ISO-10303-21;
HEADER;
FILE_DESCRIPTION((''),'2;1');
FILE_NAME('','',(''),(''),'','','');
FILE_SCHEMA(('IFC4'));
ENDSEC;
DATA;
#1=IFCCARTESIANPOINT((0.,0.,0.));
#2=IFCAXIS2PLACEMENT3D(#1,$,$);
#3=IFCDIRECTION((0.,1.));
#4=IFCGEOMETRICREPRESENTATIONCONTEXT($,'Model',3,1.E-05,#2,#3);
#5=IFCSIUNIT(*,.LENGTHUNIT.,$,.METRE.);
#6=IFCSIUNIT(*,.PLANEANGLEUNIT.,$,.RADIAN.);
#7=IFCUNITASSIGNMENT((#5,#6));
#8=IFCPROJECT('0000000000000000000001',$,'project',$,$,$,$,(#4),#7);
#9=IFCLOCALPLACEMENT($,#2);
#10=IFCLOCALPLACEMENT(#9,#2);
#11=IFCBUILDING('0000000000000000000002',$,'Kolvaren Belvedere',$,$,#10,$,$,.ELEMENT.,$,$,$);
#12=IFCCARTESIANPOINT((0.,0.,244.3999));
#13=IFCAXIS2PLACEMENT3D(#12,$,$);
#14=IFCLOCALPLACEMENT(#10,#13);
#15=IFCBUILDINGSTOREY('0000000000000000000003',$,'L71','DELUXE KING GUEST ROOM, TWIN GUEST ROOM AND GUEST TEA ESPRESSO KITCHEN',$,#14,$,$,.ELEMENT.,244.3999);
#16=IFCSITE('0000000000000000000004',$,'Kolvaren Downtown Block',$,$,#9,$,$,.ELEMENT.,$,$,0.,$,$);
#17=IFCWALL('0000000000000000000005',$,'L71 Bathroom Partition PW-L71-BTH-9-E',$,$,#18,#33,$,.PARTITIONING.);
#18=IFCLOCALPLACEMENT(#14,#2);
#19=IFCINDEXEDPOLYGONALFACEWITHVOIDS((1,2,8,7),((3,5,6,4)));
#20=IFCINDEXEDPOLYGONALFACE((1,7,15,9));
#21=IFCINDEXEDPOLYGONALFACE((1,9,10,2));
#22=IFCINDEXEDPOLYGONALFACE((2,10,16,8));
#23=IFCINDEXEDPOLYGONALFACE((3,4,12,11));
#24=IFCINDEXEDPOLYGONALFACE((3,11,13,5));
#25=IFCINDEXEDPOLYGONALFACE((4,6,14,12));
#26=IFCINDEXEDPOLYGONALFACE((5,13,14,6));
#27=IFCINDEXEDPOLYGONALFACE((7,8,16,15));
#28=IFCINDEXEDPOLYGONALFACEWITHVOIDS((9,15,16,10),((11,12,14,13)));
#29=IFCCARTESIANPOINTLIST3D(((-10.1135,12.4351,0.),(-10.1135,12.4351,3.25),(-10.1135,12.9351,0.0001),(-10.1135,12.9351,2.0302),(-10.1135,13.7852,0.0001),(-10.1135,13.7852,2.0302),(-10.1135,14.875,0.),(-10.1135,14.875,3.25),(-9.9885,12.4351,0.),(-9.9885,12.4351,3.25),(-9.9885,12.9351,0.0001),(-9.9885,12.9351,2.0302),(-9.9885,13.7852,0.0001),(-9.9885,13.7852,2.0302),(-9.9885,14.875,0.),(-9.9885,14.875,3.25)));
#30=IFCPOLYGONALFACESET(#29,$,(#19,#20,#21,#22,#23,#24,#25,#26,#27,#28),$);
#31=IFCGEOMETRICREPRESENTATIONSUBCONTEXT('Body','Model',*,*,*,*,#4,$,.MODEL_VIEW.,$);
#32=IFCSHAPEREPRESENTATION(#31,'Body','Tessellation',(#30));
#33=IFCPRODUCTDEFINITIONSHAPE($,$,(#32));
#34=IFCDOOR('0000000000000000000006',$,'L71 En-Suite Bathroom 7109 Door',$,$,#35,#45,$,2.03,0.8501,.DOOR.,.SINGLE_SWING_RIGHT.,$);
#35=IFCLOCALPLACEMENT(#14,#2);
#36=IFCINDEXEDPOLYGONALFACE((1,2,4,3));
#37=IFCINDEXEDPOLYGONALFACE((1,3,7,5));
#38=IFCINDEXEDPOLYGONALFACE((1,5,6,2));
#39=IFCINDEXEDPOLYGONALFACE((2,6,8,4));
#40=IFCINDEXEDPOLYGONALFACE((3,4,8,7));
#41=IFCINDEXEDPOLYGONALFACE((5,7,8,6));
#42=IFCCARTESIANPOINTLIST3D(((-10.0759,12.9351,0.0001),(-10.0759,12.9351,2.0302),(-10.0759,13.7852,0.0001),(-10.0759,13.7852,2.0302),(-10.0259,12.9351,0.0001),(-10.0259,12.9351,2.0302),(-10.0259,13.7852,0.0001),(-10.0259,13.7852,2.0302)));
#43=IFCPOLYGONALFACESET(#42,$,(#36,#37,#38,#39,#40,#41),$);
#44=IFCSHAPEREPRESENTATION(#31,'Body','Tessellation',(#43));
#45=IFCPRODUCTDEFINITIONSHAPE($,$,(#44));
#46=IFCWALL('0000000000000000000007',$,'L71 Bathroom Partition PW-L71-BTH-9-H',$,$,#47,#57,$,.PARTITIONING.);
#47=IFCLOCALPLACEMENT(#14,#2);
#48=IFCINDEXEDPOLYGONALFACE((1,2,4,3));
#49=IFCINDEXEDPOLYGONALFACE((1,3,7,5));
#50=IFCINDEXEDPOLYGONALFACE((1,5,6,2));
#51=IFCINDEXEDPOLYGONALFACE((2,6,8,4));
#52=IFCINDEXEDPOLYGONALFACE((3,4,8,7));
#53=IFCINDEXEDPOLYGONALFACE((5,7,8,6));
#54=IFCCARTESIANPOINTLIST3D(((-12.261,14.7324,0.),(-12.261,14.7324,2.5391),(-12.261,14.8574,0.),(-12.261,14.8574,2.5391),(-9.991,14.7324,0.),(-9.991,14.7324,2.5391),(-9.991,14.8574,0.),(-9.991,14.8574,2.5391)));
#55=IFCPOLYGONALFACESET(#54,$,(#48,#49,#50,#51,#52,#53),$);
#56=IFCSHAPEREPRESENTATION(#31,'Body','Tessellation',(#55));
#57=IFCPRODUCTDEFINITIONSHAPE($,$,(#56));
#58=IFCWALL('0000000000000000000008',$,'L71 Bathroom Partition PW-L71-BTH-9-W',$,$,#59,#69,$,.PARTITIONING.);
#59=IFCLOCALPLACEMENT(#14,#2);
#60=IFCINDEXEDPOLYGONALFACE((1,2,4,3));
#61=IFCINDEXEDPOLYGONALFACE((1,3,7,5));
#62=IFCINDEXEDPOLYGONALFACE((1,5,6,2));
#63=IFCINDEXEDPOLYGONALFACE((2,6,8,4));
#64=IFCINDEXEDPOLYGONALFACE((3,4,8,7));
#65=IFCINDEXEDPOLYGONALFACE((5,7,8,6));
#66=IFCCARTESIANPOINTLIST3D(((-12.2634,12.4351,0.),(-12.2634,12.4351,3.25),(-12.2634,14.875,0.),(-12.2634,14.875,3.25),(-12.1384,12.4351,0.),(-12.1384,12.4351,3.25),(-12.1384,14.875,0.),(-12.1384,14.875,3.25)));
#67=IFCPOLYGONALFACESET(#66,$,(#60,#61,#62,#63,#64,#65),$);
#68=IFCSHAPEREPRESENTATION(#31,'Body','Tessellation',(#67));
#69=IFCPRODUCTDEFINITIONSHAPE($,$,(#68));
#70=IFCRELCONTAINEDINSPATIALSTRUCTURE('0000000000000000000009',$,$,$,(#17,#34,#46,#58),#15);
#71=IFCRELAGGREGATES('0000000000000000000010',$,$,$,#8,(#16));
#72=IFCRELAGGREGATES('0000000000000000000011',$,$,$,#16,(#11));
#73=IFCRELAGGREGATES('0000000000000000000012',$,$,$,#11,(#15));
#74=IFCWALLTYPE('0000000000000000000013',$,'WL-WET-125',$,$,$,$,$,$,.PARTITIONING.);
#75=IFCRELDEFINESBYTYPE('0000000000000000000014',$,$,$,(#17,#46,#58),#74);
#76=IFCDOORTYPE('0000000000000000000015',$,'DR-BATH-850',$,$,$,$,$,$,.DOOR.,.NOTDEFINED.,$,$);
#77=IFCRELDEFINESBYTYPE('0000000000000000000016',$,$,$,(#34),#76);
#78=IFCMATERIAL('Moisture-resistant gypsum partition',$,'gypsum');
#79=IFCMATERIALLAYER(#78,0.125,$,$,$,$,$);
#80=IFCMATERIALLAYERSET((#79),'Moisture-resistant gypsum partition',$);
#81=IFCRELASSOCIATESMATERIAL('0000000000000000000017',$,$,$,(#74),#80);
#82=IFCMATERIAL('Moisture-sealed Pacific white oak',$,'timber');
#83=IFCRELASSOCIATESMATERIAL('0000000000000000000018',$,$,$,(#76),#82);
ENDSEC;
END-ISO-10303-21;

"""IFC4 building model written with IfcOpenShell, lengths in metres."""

from ifc_helpers import new_model, si_unit, direction, frame, frame_2d, origin, place, context, subcontext, project, spatial, rectangle, extrude, material, layer, layer_set, type_object, element, fill, save


model = new_model("IFC4")

# Units and contexts
model_context = context("Model", 3, precision=1e-05, world=origin(), true_north=direction((0.0, 1.0)))
body_context = subcontext(model_context, "Body", "Model", "MODEL_VIEW")
ifc_project = project(units=[si_unit("LENGTHUNIT", "METRE"), si_unit("PLANEANGLEUNIT", "RADIAN")], contexts=[model_context])

# Site, building, storey
site_placement = place(None, origin())
site = spatial("IfcSite", under=ifc_project, at=site_placement, Name="Kolvaren Downtown Block", CompositionType="ELEMENT", RefElevation=0.0)
building_placement = place(site_placement, origin())
building = spatial("IfcBuilding", under=site, at=building_placement, Name="Kolvaren Belvedere", CompositionType="ELEMENT")
storey_placement = place(building_placement, frame((0.0, 0.0, 244.3999)))
storey = spatial("IfcBuildingStorey", under=building, at=storey_placement, Name="L71", Description="DELUXE KING GUEST ROOM, TWIN GUEST ROOM AND GUEST TEA ESPRESSO KITCHEN", CompositionType="ELEMENT", Elevation=244.3999)

# Wall, opening, door
ifc_material_1 = material(Name="Moisture-resistant gypsum partition", Category="gypsum")
ifc_layer_1 = layer(ifc_material_1, 0.125)
ifc_layer_set_1 = layer_set([ifc_layer_1], Name="Moisture-resistant gypsum partition")
wall_type_1 = type_object("IfcWallType", Name="WL-WET-125", PredefinedType="PARTITIONING", material=ifc_layer_set_1)
wall_1_placement = place(storey_placement, frame((-10.051, 12.4351, 0.0), z_axis=(0.0, 0.0, 1.0), x_axis=(0.0, 1.0, 0.0)))
wall_1 = element("IfcWall", 1, at=wall_1_placement, inside=storey, type_object=wall_type_1, Name="L71 Bathroom Partition PW-L71-BTH-9-E", PredefinedType="PARTITIONING", context=body_context, shape_type="SweptSolid", body=[
    extrude(rectangle(XDim=2.4399, YDim=0.125, at=frame_2d((1.22, 0.0))), origin(), (0.0, 0.0, 1.0), 3.25),
])
opening_1_placement = place(wall_1_placement, frame((0.5, 0.0, 0.0)))
opening_1 = element("IfcOpeningElement", 2, at=opening_1_placement, cuts=wall_1, PredefinedType="OPENING", context=body_context, shape_type="SweptSolid", body=[
    extrude(rectangle(XDim=0.8501, YDim=2.03, at=frame_2d((0.425, 1.0151))), frame((0.0, 0.0725, 0.0), z_axis=(0.0, -1.0, 0.0), x_axis=(1.0, 0.0, 0.0)), (0.0, 0.0, 1.0), 0.145),
])
ifc_material_2 = material(Name="Moisture-sealed Pacific white oak", Category="timber")
door_type_1 = type_object("IfcDoorType", Name="DR-BATH-850", OperationType="NOTDEFINED", PredefinedType="DOOR", material=ifc_material_2)
door_1_placement = place(opening_1_placement, origin())
door_1 = element("IfcDoor", 3, at=door_1_placement, inside=storey, type_object=door_type_1, Name="L71 En-Suite Bathroom 7109 Door", OperationType="SINGLE_SWING_RIGHT", OverallHeight=2.03, OverallWidth=0.8501, PredefinedType="DOOR", context=body_context, shape_type="SweptSolid", body=[
    extrude(rectangle(XDim=0.8501, YDim=2.03, at=frame_2d((0.425, 1.0151))), frame((0.0, 0.0249, 0.0), z_axis=(0.0, -1.0, 0.0), x_axis=(1.0, 0.0, 0.0)), (0.0, 0.0, 1.0), 0.05),
])
fill(opening_1, door_1)

# Walls
wall_2_placement = place(storey_placement, frame((-12.261, 14.7949, 0.0), z_axis=(0.0, 0.0, 1.0), x_axis=(1.0, 0.0, 0.0)))
element("IfcWall", 4, at=wall_2_placement, inside=storey, type_object=wall_type_1, Name="L71 Bathroom Partition PW-L71-BTH-9-H", PredefinedType="PARTITIONING", context=body_context, shape_type="SweptSolid", body=[
    extrude(rectangle(XDim=2.27, YDim=0.125, at=frame_2d((1.135, 0.0))), origin(), (0.0, 0.0, 1.0), 2.5391),
])
wall_3_placement = place(storey_placement, frame((-12.2009, 12.4351, 0.0), z_axis=(0.0, 0.0, 1.0), x_axis=(0.0, 1.0, 0.0)))
element("IfcWall", 5, at=wall_3_placement, inside=storey, type_object=wall_type_1, Name="L71 Bathroom Partition PW-L71-BTH-9-W", PredefinedType="PARTITIONING", context=body_context, shape_type="SweptSolid", body=[
    extrude(rectangle(XDim=2.4399, YDim=0.125, at=frame_2d((1.22, 0.0))), origin(), (0.0, 0.0, 1.0), 3.25),
])

save(model, "model.ifc")
